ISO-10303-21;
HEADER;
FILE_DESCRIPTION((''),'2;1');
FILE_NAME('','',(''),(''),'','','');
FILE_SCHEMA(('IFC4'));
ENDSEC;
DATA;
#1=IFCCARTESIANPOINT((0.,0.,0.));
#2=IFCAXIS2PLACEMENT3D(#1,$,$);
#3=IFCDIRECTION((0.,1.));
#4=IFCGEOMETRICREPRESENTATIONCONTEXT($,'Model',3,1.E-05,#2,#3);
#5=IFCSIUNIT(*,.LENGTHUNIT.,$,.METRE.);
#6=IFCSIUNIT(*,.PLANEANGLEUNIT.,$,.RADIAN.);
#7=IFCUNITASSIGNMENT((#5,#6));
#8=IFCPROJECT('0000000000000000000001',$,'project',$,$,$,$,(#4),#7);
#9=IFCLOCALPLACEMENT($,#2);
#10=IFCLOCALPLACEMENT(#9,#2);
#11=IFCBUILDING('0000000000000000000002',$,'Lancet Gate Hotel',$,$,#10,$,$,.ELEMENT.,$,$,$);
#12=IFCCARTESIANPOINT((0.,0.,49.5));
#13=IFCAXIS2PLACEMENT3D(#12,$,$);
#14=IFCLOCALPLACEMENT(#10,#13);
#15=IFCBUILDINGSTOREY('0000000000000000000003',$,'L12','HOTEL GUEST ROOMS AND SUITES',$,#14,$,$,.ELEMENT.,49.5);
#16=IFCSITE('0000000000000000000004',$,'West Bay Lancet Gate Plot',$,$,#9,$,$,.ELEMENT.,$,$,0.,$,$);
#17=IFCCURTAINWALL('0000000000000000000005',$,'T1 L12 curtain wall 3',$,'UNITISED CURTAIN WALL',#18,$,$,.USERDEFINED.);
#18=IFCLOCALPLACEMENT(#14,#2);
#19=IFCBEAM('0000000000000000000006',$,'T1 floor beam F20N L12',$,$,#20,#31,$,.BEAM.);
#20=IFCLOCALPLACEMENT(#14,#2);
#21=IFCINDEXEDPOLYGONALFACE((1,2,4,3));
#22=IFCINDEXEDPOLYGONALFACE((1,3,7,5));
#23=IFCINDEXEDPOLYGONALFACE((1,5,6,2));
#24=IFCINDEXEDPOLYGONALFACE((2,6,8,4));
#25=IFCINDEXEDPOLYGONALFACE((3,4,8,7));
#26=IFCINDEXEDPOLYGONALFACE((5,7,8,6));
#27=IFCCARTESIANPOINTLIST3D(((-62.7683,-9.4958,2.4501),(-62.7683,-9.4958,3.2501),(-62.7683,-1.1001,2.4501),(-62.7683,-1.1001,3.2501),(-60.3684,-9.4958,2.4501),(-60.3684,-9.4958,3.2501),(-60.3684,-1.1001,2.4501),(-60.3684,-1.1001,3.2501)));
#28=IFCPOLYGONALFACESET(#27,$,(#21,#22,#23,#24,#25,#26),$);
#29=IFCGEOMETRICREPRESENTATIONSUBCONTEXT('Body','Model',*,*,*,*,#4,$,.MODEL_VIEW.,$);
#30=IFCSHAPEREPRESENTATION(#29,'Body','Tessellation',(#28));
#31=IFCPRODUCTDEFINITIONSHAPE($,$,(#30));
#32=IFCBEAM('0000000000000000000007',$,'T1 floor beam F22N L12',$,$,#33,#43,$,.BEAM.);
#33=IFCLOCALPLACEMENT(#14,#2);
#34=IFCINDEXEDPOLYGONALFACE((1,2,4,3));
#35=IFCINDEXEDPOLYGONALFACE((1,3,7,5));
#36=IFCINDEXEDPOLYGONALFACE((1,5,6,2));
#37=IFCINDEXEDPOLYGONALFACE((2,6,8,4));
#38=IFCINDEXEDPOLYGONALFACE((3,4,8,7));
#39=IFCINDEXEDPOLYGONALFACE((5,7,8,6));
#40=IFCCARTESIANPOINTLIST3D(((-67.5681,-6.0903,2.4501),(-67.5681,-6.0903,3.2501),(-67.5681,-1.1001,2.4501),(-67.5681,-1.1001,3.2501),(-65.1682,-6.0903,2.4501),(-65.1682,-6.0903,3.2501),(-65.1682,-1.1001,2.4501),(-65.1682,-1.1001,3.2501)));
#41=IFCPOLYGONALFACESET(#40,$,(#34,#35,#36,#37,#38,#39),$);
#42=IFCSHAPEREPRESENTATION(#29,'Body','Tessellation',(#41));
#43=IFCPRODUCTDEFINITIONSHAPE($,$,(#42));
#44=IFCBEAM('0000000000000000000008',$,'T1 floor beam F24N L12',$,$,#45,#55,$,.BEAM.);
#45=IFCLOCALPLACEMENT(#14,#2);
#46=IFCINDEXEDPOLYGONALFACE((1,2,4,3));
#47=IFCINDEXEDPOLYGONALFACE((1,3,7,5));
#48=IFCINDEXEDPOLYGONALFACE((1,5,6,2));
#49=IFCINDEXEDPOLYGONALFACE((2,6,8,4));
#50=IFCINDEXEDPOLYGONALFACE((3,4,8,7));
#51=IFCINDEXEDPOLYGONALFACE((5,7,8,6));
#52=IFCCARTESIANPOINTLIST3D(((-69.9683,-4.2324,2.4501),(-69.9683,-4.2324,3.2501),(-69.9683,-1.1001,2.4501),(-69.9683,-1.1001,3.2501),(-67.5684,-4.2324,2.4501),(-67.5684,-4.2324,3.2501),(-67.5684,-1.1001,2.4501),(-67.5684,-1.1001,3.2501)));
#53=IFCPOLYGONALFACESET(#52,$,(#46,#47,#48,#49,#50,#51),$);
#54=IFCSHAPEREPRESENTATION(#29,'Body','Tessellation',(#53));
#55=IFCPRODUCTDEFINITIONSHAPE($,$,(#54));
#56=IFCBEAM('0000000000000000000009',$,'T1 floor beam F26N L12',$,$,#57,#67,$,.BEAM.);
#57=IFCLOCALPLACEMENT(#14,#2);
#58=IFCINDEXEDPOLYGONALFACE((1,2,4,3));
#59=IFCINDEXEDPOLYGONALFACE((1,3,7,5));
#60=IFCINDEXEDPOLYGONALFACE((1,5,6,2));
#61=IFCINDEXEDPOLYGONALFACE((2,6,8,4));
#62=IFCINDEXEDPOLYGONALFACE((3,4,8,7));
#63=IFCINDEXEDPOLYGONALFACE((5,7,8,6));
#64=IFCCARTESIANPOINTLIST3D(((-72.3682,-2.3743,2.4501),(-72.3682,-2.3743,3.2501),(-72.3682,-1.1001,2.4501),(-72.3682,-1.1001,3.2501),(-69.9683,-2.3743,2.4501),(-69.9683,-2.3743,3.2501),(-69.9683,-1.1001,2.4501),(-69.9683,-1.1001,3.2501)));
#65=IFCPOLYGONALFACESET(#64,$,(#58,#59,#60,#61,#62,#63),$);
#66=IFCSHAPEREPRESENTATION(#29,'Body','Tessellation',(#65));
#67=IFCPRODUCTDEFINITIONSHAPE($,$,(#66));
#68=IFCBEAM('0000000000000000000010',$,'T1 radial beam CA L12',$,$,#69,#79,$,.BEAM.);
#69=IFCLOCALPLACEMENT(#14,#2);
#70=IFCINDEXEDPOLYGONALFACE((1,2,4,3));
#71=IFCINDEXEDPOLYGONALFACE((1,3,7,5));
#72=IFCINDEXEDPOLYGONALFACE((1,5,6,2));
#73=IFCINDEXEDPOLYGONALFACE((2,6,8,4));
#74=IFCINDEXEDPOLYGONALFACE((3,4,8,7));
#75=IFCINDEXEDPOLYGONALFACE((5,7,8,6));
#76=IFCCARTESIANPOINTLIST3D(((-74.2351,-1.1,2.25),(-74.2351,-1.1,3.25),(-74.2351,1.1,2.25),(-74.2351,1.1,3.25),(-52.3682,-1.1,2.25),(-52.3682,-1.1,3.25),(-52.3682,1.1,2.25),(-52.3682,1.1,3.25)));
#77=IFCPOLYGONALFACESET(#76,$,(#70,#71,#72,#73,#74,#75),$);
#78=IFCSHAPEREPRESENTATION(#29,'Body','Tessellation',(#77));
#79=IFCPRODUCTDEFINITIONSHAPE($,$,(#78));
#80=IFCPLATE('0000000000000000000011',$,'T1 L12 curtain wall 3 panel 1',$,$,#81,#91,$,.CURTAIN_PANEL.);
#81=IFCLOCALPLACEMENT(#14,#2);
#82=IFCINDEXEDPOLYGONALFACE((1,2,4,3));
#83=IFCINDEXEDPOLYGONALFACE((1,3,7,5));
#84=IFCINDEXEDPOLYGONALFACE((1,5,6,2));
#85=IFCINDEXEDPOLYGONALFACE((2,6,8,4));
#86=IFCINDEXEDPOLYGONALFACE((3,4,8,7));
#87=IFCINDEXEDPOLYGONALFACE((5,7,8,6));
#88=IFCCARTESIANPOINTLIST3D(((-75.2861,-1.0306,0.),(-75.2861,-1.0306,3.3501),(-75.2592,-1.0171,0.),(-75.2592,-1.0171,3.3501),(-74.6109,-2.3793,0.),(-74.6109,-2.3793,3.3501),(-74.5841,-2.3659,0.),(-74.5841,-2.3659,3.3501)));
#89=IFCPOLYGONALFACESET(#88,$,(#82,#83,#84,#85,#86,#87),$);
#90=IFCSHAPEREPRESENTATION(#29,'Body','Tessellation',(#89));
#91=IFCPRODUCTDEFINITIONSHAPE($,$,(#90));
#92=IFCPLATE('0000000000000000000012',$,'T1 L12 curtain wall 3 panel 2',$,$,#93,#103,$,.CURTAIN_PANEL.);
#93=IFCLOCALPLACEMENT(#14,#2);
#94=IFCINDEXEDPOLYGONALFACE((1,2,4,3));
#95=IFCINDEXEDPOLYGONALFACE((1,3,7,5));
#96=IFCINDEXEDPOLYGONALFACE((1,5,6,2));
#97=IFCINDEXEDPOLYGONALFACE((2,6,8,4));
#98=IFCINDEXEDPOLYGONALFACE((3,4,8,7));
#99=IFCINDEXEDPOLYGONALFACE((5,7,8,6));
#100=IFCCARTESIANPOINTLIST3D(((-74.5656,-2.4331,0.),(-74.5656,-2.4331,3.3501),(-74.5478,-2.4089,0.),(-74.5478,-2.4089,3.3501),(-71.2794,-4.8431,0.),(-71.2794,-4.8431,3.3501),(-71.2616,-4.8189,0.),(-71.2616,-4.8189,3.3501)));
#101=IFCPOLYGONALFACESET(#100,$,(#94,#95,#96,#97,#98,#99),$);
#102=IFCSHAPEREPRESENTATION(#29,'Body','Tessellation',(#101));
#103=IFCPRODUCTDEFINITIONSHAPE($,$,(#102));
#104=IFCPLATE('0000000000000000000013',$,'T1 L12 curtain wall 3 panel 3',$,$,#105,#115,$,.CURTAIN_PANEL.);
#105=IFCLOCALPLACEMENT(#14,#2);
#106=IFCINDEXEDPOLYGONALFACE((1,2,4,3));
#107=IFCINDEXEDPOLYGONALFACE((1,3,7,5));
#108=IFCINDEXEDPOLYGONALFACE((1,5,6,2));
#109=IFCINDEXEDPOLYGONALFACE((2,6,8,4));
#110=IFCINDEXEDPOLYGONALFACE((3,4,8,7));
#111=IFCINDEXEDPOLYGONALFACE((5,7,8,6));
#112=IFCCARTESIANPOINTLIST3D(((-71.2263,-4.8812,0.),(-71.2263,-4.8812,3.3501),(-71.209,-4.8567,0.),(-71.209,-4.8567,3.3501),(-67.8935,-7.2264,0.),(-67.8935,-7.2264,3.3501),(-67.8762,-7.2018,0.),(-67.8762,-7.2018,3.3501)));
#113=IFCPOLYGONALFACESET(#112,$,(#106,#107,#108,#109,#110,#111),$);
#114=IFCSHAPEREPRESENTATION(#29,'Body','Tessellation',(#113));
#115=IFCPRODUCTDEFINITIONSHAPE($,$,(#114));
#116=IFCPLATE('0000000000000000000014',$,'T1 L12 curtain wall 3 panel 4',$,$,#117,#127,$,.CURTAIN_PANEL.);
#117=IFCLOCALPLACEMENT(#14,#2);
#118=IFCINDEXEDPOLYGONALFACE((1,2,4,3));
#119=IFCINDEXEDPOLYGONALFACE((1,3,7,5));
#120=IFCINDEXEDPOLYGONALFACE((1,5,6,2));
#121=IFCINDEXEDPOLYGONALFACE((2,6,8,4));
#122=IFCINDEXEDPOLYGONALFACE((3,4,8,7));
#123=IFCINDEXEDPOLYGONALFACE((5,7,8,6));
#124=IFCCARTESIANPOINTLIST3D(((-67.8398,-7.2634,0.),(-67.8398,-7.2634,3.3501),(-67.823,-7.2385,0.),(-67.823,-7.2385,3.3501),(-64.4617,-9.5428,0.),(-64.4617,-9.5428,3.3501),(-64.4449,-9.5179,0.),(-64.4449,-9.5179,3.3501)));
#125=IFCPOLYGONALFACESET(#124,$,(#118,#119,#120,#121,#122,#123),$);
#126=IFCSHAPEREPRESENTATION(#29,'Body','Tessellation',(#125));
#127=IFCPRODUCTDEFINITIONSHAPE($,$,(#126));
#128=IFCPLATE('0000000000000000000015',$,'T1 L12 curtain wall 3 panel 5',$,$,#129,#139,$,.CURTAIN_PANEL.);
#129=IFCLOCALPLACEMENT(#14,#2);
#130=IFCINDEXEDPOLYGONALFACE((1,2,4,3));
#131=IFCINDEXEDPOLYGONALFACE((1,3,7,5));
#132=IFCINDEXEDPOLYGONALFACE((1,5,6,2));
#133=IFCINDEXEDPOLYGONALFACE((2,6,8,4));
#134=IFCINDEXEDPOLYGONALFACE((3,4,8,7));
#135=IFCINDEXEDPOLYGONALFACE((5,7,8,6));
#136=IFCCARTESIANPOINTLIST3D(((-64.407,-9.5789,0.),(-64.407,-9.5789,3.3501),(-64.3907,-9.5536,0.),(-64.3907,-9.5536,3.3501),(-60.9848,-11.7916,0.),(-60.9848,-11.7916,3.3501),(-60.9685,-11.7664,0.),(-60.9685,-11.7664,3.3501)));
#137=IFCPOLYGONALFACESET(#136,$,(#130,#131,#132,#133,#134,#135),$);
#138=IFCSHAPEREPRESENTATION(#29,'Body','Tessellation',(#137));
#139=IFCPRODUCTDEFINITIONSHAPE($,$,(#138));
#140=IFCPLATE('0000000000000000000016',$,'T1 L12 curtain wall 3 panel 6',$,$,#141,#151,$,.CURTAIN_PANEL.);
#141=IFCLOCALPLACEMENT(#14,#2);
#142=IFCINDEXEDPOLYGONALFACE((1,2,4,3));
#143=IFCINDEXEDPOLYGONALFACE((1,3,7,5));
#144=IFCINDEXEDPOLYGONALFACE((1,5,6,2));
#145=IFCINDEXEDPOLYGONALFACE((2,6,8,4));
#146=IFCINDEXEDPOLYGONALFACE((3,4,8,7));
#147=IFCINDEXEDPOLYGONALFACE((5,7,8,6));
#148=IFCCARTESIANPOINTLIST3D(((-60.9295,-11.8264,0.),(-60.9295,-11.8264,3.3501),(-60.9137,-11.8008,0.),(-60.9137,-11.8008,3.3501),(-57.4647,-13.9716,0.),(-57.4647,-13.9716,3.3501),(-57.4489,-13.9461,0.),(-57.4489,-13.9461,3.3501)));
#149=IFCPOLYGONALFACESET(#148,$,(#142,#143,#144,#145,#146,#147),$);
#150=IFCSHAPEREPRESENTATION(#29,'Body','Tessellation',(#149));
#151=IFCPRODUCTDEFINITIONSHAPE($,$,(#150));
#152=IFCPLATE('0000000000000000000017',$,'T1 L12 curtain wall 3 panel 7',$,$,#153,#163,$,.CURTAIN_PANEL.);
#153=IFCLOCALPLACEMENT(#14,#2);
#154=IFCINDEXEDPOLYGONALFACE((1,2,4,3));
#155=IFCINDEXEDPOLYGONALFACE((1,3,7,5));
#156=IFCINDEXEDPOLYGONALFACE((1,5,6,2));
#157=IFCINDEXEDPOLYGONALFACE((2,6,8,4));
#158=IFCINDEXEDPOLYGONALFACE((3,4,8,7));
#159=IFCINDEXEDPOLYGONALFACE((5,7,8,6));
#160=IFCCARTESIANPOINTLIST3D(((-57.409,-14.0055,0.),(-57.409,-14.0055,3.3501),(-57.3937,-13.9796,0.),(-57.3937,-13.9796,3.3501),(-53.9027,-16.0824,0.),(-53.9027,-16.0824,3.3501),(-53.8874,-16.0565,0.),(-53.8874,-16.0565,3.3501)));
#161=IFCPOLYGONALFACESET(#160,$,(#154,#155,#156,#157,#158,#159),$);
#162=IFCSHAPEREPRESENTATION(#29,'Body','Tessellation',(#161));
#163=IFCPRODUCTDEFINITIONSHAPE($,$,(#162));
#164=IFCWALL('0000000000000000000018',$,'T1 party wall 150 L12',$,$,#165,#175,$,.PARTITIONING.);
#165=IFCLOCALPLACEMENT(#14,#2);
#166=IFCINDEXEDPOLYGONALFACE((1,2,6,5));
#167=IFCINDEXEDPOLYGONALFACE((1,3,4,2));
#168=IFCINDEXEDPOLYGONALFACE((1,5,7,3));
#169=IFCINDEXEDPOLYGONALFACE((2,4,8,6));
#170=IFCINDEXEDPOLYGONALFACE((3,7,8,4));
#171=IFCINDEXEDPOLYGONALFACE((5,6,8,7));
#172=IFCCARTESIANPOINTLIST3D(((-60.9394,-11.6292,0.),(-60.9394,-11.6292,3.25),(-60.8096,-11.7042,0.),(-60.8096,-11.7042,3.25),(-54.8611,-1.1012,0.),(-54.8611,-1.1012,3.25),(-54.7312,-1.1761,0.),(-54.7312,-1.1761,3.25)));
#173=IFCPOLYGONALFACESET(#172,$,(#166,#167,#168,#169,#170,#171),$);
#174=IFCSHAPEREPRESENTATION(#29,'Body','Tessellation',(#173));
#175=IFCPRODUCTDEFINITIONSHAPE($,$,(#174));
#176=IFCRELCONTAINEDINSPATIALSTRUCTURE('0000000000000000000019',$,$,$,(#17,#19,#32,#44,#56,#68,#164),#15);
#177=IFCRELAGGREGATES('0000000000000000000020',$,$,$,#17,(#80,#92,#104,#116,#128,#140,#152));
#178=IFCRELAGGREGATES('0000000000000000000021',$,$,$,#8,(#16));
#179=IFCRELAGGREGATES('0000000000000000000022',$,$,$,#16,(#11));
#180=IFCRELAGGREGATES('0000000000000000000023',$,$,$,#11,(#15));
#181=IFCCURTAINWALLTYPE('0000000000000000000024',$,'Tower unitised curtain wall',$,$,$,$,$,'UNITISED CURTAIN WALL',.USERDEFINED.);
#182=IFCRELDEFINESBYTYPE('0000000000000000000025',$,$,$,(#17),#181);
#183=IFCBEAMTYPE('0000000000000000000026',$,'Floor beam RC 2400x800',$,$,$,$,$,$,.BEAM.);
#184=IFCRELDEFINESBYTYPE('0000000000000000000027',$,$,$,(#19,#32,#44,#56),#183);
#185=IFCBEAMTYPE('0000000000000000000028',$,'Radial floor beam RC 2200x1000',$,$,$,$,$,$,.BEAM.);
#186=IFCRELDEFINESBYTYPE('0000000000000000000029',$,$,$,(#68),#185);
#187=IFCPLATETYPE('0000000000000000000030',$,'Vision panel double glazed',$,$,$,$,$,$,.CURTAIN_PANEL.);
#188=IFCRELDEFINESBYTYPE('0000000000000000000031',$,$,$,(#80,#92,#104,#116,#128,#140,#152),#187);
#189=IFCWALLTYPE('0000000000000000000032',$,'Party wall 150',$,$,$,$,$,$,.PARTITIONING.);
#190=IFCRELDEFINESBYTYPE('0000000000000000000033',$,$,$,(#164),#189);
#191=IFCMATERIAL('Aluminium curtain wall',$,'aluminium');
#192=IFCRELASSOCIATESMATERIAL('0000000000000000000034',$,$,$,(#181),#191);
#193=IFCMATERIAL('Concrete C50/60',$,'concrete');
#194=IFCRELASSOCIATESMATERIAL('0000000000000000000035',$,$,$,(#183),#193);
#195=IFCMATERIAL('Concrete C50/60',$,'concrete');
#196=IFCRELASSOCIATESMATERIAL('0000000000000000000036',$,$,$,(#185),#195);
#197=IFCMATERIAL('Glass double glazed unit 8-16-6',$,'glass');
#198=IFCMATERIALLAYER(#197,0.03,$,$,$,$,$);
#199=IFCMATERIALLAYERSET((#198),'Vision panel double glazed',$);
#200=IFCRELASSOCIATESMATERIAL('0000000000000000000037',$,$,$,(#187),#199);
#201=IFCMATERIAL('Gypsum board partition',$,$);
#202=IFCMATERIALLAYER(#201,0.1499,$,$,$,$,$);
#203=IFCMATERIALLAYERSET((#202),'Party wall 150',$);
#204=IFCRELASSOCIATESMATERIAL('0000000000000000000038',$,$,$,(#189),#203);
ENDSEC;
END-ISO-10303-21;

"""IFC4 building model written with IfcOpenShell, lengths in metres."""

from ifc_helpers import new_model, si_unit, direction, frame, frame_2d, origin, origin_2d, place, context, subcontext, project, spatial, rectangle, extrude, material, layer, layer_set, material_profile, profile_set, type_object, element, aggregate, save


model = new_model("IFC4")

# Units and contexts
model_context = context("Model", 3, precision=1e-05, world=origin(), true_north=direction((0.0, 1.0)))
body_context = subcontext(model_context, "Body", "Model", "MODEL_VIEW")
ifc_project = project(units=[si_unit("LENGTHUNIT", "METRE"), si_unit("PLANEANGLEUNIT", "RADIAN")], contexts=[model_context])

# Site, building, storey
site_placement = place(None, origin())
site = spatial("IfcSite", under=ifc_project, at=site_placement, Name="West Bay Lancet Gate Plot", CompositionType="ELEMENT", RefElevation=0.0)
building_placement = place(site_placement, origin())
building = spatial("IfcBuilding", under=site, at=building_placement, Name="Lancet Gate Hotel", CompositionType="ELEMENT")
storey_placement = place(building_placement, frame((0.0, 0.0, 49.5)))
storey = spatial("IfcBuildingStorey", under=building, at=storey_placement, Name="L12", Description="HOTEL GUEST ROOMS AND SUITES", CompositionType="ELEMENT", Elevation=49.5)

# Curtain wall
ifc_material_1 = material(Name="Aluminium curtain wall", Category="aluminium")
curtain_wall_type = type_object("IfcCurtainWallType", Name="Tower unitised curtain wall", ElementType="UNITISED CURTAIN WALL", PredefinedType="USERDEFINED", material=ifc_material_1)
curtain_wall_placement = place(storey_placement, origin())
curtain_wall = element("IfcCurtainWall", 1, at=curtain_wall_placement, inside=storey, type_object=curtain_wall_type, Name="T1 L12 curtain wall 3", ObjectType="UNITISED CURTAIN WALL", PredefinedType="USERDEFINED")

# Beams
ifc_material_2 = material(Name="Concrete C50/60", Category="concrete")
ifc_material_profile_1 = material_profile(ifc_material_2, rectangle(XDim=2.3999, YDim=0.8, at=origin_2d()), Name="RC 2400x800")
ifc_profile_set_1 = profile_set([ifc_material_profile_1], Name="Concrete C50/60")
beam_type_1 = type_object("IfcBeamType", Name="Floor beam RC 2400x800", PredefinedType="BEAM", material=ifc_profile_set_1)
beam_1_placement = place(storey_placement, frame((-61.5684, -1.1001, 2.8501), z_axis=(0.0, -1.0, 0.0), x_axis=(1.0, 0.0, 0.0)))
element("IfcBeam", 2, at=beam_1_placement, inside=storey, type_object=beam_type_1, Name="T1 floor beam F20N L12", PredefinedType="BEAM", context=body_context, shape_type="SweptSolid", body=[
    extrude(rectangle(XDim=2.3999, YDim=0.8, at=origin_2d()), origin(), (0.0, 0.0, 1.0), 8.3958),
])
beam_2_placement = place(storey_placement, frame((-66.3682, -1.1001, 2.8501), z_axis=(0.0, -1.0, 0.0), x_axis=(1.0, 0.0, 0.0)))
element("IfcBeam", 3, at=beam_2_placement, inside=storey, type_object=beam_type_1, Name="T1 floor beam F22N L12", PredefinedType="BEAM", context=body_context, shape_type="SweptSolid", body=[
    extrude(rectangle(XDim=2.3999, YDim=0.8, at=origin_2d()), origin(), (0.0, 0.0, 1.0), 4.9902),
])
beam_3_placement = place(storey_placement, frame((-68.7683, -1.1001, 2.8501), z_axis=(0.0, -1.0, 0.0), x_axis=(1.0, 0.0, 0.0)))
element("IfcBeam", 4, at=beam_3_placement, inside=storey, type_object=beam_type_1, Name="T1 floor beam F24N L12", PredefinedType="BEAM", context=body_context, shape_type="SweptSolid", body=[
    extrude(rectangle(XDim=2.3999, YDim=0.8, at=origin_2d()), origin(), (0.0, 0.0, 1.0), 3.1323),
])
beam_4_placement = place(storey_placement, frame((-71.1682, -1.1001, 2.8501), z_axis=(0.0, -1.0, 0.0), x_axis=(1.0, 0.0, 0.0)))
element("IfcBeam", 5, at=beam_4_placement, inside=storey, type_object=beam_type_1, Name="T1 floor beam F26N L12", PredefinedType="BEAM", context=body_context, shape_type="SweptSolid", body=[
    extrude(rectangle(XDim=2.3999, YDim=0.8, at=origin_2d()), origin(), (0.0, 0.0, 1.0), 1.2742),
])
ifc_material_3 = material(Name="Concrete C50/60", Category="concrete")
ifc_material_profile_2 = material_profile(ifc_material_3, rectangle(XDim=2.2, YDim=1.0, at=origin_2d()), Name="RC 2200x1000")
ifc_profile_set_2 = profile_set([ifc_material_profile_2], Name="Concrete C50/60")
beam_type_2 = type_object("IfcBeamType", Name="Radial floor beam RC 2200x1000", PredefinedType="BEAM", material=ifc_profile_set_2)
beam_5_placement = place(storey_placement, frame((-74.2351, 0.0, 2.75), z_axis=(1.0, 0.0, 0.0), x_axis=(0.0, 1.0, 0.0)))
element("IfcBeam", 6, at=beam_5_placement, inside=storey, type_object=beam_type_2, Name="T1 radial beam CA L12", PredefinedType="BEAM", context=body_context, shape_type="SweptSolid", body=[
    extrude(rectangle(XDim=2.2, YDim=1.0, at=origin_2d()), origin(), (0.0, 0.0, 1.0), 21.8669),
])

# Plates
ifc_material_4 = material(Name="Glass double glazed unit 8-16-6", Category="glass")
ifc_layer_1 = layer(ifc_material_4, 0.03)
ifc_layer_set_1 = layer_set([ifc_layer_1], Name="Vision panel double glazed")
plate_type = type_object("IfcPlateType", Name="Vision panel double glazed", PredefinedType="CURTAIN_PANEL", material=ifc_layer_set_1)
plate_1_placement = place(storey_placement, frame((-74.9351, -1.6982, 0.0), z_axis=(0.0, 0.0, 1.0), x_axis=(0.447628, -0.89422, 0.0)))
plate_1 = element("IfcPlate", 7, at=plate_1_placement, type_object=plate_type, Name="T1 L12 curtain wall 3 panel 1", PredefinedType="CURTAIN_PANEL", context=body_context, shape_type="SweptSolid", body=[
    extrude(rectangle(XDim=1.5083, YDim=0.03, at=origin_2d()), origin(), (0.0, 0.0, 1.0), 3.3501),
])
plate_2_placement = place(storey_placement, frame((-72.9136, -3.626, 0.0), z_axis=(0.0, 0.0, 1.0), x_axis=(0.80639, -0.591384, 0.0)))
plate_2 = element("IfcPlate", 8, at=plate_2_placement, type_object=plate_type, Name="T1 L12 curtain wall 3 panel 2", PredefinedType="CURTAIN_PANEL", context=body_context, shape_type="SweptSolid", body=[
    extrude(rectangle(XDim=4.0752, YDim=0.03, at=origin_2d()), origin(), (0.0, 0.0, 1.0), 3.3501),
])
plate_3_placement = place(storey_placement, frame((-69.5513, -6.0415, 0.0), z_axis=(0.0, 0.0, 1.0), x_axis=(0.817825, -0.575467, 0.0)))
plate_3 = element("IfcPlate", 9, at=plate_3_placement, type_object=plate_type, Name="T1 L12 curtain wall 3 panel 3", PredefinedType="CURTAIN_PANEL", context=body_context, shape_type="SweptSolid", body=[
    extrude(rectangle(XDim=4.0752, YDim=0.03, at=origin_2d()), origin(), (0.0, 0.0, 1.0), 3.3501),
])
plate_4_placement = place(storey_placement, frame((-66.1423, -8.3906, 0.0), z_axis=(0.0, 0.0, 1.0), x_axis=(0.828946, -0.559329, 0.0)))
plate_4 = element("IfcPlate", 10, at=plate_4_placement, type_object=plate_type, Name="T1 L12 curtain wall 3 panel 4", PredefinedType="CURTAIN_PANEL", context=body_context, shape_type="SweptSolid", body=[
    extrude(rectangle(XDim=4.0752, YDim=0.03, at=origin_2d()), origin(), (0.0, 0.0, 1.0), 3.3501),
])
plate_5_placement = place(storey_placement, frame((-62.6877, -10.6726, 0.0), z_axis=(0.0, 0.0, 1.0), x_axis=(0.839749, -0.542975, 0.0)))
plate_5 = element("IfcPlate", 11, at=plate_5_placement, type_object=plate_type, Name="T1 L12 curtain wall 3 panel 5", PredefinedType="CURTAIN_PANEL", context=body_context, shape_type="SweptSolid", body=[
    extrude(rectangle(XDim=4.0752, YDim=0.03, at=origin_2d()), origin(), (0.0, 0.0, 1.0), 3.3501),
])
plate_6_placement = place(storey_placement, frame((-59.1892, -12.8862, 0.0), z_axis=(0.0, 0.0, 1.0), x_axis=(0.850229, -0.526414, 0.0)))
plate_6 = element("IfcPlate", 12, at=plate_6_placement, type_object=plate_type, Name="T1 L12 curtain wall 3 panel 6", PredefinedType="CURTAIN_PANEL", context=body_context, shape_type="SweptSolid", body=[
    extrude(rectangle(XDim=4.0752, YDim=0.03, at=origin_2d()), origin(), (0.0, 0.0, 1.0), 3.3501),
])
plate_7_placement = place(storey_placement, frame((-55.6482, -15.031, 0.0), z_axis=(0.0, 0.0, 1.0), x_axis=(0.860382, -0.50965, 0.0)))
plate_7 = element("IfcPlate", 13, at=plate_7_placement, type_object=plate_type, Name="T1 L12 curtain wall 3 panel 7", PredefinedType="CURTAIN_PANEL", context=body_context, shape_type="SweptSolid", body=[
    extrude(rectangle(XDim=4.0752, YDim=0.03, at=origin_2d()), origin(), (0.0, 0.0, 1.0), 3.3501),
])
aggregate(curtain_wall, [plate_1, plate_2, plate_3, plate_4, plate_5, plate_6, plate_7])

# Wall
ifc_material_5 = material(Name="Gypsum board partition")
ifc_layer_2 = layer(ifc_material_5, 0.1499)
ifc_layer_set_2 = layer_set([ifc_layer_2], Name="Party wall 150")
wall_type = type_object("IfcWallType", Name="Party wall 150", PredefinedType="PARTITIONING", material=ifc_layer_set_2)
wall_placement = place(storey_placement, frame((-54.7961, -1.1387, 0.0), z_axis=(0.0, 0.0, 1.0), x_axis=(-0.499999, -0.866026, 0.0)))
element("IfcWall", 14, at=wall_placement, inside=storey, type_object=wall_type, Name="T1 party wall 150 L12", PredefinedType="PARTITIONING", context=body_context, shape_type="SweptSolid", body=[
    extrude(rectangle(XDim=12.1567, YDim=0.1499, at=frame_2d((6.0784, 0.0))), origin(), (0.0, 0.0, 1.0), 3.25),
])

save(model, "model.ifc")
